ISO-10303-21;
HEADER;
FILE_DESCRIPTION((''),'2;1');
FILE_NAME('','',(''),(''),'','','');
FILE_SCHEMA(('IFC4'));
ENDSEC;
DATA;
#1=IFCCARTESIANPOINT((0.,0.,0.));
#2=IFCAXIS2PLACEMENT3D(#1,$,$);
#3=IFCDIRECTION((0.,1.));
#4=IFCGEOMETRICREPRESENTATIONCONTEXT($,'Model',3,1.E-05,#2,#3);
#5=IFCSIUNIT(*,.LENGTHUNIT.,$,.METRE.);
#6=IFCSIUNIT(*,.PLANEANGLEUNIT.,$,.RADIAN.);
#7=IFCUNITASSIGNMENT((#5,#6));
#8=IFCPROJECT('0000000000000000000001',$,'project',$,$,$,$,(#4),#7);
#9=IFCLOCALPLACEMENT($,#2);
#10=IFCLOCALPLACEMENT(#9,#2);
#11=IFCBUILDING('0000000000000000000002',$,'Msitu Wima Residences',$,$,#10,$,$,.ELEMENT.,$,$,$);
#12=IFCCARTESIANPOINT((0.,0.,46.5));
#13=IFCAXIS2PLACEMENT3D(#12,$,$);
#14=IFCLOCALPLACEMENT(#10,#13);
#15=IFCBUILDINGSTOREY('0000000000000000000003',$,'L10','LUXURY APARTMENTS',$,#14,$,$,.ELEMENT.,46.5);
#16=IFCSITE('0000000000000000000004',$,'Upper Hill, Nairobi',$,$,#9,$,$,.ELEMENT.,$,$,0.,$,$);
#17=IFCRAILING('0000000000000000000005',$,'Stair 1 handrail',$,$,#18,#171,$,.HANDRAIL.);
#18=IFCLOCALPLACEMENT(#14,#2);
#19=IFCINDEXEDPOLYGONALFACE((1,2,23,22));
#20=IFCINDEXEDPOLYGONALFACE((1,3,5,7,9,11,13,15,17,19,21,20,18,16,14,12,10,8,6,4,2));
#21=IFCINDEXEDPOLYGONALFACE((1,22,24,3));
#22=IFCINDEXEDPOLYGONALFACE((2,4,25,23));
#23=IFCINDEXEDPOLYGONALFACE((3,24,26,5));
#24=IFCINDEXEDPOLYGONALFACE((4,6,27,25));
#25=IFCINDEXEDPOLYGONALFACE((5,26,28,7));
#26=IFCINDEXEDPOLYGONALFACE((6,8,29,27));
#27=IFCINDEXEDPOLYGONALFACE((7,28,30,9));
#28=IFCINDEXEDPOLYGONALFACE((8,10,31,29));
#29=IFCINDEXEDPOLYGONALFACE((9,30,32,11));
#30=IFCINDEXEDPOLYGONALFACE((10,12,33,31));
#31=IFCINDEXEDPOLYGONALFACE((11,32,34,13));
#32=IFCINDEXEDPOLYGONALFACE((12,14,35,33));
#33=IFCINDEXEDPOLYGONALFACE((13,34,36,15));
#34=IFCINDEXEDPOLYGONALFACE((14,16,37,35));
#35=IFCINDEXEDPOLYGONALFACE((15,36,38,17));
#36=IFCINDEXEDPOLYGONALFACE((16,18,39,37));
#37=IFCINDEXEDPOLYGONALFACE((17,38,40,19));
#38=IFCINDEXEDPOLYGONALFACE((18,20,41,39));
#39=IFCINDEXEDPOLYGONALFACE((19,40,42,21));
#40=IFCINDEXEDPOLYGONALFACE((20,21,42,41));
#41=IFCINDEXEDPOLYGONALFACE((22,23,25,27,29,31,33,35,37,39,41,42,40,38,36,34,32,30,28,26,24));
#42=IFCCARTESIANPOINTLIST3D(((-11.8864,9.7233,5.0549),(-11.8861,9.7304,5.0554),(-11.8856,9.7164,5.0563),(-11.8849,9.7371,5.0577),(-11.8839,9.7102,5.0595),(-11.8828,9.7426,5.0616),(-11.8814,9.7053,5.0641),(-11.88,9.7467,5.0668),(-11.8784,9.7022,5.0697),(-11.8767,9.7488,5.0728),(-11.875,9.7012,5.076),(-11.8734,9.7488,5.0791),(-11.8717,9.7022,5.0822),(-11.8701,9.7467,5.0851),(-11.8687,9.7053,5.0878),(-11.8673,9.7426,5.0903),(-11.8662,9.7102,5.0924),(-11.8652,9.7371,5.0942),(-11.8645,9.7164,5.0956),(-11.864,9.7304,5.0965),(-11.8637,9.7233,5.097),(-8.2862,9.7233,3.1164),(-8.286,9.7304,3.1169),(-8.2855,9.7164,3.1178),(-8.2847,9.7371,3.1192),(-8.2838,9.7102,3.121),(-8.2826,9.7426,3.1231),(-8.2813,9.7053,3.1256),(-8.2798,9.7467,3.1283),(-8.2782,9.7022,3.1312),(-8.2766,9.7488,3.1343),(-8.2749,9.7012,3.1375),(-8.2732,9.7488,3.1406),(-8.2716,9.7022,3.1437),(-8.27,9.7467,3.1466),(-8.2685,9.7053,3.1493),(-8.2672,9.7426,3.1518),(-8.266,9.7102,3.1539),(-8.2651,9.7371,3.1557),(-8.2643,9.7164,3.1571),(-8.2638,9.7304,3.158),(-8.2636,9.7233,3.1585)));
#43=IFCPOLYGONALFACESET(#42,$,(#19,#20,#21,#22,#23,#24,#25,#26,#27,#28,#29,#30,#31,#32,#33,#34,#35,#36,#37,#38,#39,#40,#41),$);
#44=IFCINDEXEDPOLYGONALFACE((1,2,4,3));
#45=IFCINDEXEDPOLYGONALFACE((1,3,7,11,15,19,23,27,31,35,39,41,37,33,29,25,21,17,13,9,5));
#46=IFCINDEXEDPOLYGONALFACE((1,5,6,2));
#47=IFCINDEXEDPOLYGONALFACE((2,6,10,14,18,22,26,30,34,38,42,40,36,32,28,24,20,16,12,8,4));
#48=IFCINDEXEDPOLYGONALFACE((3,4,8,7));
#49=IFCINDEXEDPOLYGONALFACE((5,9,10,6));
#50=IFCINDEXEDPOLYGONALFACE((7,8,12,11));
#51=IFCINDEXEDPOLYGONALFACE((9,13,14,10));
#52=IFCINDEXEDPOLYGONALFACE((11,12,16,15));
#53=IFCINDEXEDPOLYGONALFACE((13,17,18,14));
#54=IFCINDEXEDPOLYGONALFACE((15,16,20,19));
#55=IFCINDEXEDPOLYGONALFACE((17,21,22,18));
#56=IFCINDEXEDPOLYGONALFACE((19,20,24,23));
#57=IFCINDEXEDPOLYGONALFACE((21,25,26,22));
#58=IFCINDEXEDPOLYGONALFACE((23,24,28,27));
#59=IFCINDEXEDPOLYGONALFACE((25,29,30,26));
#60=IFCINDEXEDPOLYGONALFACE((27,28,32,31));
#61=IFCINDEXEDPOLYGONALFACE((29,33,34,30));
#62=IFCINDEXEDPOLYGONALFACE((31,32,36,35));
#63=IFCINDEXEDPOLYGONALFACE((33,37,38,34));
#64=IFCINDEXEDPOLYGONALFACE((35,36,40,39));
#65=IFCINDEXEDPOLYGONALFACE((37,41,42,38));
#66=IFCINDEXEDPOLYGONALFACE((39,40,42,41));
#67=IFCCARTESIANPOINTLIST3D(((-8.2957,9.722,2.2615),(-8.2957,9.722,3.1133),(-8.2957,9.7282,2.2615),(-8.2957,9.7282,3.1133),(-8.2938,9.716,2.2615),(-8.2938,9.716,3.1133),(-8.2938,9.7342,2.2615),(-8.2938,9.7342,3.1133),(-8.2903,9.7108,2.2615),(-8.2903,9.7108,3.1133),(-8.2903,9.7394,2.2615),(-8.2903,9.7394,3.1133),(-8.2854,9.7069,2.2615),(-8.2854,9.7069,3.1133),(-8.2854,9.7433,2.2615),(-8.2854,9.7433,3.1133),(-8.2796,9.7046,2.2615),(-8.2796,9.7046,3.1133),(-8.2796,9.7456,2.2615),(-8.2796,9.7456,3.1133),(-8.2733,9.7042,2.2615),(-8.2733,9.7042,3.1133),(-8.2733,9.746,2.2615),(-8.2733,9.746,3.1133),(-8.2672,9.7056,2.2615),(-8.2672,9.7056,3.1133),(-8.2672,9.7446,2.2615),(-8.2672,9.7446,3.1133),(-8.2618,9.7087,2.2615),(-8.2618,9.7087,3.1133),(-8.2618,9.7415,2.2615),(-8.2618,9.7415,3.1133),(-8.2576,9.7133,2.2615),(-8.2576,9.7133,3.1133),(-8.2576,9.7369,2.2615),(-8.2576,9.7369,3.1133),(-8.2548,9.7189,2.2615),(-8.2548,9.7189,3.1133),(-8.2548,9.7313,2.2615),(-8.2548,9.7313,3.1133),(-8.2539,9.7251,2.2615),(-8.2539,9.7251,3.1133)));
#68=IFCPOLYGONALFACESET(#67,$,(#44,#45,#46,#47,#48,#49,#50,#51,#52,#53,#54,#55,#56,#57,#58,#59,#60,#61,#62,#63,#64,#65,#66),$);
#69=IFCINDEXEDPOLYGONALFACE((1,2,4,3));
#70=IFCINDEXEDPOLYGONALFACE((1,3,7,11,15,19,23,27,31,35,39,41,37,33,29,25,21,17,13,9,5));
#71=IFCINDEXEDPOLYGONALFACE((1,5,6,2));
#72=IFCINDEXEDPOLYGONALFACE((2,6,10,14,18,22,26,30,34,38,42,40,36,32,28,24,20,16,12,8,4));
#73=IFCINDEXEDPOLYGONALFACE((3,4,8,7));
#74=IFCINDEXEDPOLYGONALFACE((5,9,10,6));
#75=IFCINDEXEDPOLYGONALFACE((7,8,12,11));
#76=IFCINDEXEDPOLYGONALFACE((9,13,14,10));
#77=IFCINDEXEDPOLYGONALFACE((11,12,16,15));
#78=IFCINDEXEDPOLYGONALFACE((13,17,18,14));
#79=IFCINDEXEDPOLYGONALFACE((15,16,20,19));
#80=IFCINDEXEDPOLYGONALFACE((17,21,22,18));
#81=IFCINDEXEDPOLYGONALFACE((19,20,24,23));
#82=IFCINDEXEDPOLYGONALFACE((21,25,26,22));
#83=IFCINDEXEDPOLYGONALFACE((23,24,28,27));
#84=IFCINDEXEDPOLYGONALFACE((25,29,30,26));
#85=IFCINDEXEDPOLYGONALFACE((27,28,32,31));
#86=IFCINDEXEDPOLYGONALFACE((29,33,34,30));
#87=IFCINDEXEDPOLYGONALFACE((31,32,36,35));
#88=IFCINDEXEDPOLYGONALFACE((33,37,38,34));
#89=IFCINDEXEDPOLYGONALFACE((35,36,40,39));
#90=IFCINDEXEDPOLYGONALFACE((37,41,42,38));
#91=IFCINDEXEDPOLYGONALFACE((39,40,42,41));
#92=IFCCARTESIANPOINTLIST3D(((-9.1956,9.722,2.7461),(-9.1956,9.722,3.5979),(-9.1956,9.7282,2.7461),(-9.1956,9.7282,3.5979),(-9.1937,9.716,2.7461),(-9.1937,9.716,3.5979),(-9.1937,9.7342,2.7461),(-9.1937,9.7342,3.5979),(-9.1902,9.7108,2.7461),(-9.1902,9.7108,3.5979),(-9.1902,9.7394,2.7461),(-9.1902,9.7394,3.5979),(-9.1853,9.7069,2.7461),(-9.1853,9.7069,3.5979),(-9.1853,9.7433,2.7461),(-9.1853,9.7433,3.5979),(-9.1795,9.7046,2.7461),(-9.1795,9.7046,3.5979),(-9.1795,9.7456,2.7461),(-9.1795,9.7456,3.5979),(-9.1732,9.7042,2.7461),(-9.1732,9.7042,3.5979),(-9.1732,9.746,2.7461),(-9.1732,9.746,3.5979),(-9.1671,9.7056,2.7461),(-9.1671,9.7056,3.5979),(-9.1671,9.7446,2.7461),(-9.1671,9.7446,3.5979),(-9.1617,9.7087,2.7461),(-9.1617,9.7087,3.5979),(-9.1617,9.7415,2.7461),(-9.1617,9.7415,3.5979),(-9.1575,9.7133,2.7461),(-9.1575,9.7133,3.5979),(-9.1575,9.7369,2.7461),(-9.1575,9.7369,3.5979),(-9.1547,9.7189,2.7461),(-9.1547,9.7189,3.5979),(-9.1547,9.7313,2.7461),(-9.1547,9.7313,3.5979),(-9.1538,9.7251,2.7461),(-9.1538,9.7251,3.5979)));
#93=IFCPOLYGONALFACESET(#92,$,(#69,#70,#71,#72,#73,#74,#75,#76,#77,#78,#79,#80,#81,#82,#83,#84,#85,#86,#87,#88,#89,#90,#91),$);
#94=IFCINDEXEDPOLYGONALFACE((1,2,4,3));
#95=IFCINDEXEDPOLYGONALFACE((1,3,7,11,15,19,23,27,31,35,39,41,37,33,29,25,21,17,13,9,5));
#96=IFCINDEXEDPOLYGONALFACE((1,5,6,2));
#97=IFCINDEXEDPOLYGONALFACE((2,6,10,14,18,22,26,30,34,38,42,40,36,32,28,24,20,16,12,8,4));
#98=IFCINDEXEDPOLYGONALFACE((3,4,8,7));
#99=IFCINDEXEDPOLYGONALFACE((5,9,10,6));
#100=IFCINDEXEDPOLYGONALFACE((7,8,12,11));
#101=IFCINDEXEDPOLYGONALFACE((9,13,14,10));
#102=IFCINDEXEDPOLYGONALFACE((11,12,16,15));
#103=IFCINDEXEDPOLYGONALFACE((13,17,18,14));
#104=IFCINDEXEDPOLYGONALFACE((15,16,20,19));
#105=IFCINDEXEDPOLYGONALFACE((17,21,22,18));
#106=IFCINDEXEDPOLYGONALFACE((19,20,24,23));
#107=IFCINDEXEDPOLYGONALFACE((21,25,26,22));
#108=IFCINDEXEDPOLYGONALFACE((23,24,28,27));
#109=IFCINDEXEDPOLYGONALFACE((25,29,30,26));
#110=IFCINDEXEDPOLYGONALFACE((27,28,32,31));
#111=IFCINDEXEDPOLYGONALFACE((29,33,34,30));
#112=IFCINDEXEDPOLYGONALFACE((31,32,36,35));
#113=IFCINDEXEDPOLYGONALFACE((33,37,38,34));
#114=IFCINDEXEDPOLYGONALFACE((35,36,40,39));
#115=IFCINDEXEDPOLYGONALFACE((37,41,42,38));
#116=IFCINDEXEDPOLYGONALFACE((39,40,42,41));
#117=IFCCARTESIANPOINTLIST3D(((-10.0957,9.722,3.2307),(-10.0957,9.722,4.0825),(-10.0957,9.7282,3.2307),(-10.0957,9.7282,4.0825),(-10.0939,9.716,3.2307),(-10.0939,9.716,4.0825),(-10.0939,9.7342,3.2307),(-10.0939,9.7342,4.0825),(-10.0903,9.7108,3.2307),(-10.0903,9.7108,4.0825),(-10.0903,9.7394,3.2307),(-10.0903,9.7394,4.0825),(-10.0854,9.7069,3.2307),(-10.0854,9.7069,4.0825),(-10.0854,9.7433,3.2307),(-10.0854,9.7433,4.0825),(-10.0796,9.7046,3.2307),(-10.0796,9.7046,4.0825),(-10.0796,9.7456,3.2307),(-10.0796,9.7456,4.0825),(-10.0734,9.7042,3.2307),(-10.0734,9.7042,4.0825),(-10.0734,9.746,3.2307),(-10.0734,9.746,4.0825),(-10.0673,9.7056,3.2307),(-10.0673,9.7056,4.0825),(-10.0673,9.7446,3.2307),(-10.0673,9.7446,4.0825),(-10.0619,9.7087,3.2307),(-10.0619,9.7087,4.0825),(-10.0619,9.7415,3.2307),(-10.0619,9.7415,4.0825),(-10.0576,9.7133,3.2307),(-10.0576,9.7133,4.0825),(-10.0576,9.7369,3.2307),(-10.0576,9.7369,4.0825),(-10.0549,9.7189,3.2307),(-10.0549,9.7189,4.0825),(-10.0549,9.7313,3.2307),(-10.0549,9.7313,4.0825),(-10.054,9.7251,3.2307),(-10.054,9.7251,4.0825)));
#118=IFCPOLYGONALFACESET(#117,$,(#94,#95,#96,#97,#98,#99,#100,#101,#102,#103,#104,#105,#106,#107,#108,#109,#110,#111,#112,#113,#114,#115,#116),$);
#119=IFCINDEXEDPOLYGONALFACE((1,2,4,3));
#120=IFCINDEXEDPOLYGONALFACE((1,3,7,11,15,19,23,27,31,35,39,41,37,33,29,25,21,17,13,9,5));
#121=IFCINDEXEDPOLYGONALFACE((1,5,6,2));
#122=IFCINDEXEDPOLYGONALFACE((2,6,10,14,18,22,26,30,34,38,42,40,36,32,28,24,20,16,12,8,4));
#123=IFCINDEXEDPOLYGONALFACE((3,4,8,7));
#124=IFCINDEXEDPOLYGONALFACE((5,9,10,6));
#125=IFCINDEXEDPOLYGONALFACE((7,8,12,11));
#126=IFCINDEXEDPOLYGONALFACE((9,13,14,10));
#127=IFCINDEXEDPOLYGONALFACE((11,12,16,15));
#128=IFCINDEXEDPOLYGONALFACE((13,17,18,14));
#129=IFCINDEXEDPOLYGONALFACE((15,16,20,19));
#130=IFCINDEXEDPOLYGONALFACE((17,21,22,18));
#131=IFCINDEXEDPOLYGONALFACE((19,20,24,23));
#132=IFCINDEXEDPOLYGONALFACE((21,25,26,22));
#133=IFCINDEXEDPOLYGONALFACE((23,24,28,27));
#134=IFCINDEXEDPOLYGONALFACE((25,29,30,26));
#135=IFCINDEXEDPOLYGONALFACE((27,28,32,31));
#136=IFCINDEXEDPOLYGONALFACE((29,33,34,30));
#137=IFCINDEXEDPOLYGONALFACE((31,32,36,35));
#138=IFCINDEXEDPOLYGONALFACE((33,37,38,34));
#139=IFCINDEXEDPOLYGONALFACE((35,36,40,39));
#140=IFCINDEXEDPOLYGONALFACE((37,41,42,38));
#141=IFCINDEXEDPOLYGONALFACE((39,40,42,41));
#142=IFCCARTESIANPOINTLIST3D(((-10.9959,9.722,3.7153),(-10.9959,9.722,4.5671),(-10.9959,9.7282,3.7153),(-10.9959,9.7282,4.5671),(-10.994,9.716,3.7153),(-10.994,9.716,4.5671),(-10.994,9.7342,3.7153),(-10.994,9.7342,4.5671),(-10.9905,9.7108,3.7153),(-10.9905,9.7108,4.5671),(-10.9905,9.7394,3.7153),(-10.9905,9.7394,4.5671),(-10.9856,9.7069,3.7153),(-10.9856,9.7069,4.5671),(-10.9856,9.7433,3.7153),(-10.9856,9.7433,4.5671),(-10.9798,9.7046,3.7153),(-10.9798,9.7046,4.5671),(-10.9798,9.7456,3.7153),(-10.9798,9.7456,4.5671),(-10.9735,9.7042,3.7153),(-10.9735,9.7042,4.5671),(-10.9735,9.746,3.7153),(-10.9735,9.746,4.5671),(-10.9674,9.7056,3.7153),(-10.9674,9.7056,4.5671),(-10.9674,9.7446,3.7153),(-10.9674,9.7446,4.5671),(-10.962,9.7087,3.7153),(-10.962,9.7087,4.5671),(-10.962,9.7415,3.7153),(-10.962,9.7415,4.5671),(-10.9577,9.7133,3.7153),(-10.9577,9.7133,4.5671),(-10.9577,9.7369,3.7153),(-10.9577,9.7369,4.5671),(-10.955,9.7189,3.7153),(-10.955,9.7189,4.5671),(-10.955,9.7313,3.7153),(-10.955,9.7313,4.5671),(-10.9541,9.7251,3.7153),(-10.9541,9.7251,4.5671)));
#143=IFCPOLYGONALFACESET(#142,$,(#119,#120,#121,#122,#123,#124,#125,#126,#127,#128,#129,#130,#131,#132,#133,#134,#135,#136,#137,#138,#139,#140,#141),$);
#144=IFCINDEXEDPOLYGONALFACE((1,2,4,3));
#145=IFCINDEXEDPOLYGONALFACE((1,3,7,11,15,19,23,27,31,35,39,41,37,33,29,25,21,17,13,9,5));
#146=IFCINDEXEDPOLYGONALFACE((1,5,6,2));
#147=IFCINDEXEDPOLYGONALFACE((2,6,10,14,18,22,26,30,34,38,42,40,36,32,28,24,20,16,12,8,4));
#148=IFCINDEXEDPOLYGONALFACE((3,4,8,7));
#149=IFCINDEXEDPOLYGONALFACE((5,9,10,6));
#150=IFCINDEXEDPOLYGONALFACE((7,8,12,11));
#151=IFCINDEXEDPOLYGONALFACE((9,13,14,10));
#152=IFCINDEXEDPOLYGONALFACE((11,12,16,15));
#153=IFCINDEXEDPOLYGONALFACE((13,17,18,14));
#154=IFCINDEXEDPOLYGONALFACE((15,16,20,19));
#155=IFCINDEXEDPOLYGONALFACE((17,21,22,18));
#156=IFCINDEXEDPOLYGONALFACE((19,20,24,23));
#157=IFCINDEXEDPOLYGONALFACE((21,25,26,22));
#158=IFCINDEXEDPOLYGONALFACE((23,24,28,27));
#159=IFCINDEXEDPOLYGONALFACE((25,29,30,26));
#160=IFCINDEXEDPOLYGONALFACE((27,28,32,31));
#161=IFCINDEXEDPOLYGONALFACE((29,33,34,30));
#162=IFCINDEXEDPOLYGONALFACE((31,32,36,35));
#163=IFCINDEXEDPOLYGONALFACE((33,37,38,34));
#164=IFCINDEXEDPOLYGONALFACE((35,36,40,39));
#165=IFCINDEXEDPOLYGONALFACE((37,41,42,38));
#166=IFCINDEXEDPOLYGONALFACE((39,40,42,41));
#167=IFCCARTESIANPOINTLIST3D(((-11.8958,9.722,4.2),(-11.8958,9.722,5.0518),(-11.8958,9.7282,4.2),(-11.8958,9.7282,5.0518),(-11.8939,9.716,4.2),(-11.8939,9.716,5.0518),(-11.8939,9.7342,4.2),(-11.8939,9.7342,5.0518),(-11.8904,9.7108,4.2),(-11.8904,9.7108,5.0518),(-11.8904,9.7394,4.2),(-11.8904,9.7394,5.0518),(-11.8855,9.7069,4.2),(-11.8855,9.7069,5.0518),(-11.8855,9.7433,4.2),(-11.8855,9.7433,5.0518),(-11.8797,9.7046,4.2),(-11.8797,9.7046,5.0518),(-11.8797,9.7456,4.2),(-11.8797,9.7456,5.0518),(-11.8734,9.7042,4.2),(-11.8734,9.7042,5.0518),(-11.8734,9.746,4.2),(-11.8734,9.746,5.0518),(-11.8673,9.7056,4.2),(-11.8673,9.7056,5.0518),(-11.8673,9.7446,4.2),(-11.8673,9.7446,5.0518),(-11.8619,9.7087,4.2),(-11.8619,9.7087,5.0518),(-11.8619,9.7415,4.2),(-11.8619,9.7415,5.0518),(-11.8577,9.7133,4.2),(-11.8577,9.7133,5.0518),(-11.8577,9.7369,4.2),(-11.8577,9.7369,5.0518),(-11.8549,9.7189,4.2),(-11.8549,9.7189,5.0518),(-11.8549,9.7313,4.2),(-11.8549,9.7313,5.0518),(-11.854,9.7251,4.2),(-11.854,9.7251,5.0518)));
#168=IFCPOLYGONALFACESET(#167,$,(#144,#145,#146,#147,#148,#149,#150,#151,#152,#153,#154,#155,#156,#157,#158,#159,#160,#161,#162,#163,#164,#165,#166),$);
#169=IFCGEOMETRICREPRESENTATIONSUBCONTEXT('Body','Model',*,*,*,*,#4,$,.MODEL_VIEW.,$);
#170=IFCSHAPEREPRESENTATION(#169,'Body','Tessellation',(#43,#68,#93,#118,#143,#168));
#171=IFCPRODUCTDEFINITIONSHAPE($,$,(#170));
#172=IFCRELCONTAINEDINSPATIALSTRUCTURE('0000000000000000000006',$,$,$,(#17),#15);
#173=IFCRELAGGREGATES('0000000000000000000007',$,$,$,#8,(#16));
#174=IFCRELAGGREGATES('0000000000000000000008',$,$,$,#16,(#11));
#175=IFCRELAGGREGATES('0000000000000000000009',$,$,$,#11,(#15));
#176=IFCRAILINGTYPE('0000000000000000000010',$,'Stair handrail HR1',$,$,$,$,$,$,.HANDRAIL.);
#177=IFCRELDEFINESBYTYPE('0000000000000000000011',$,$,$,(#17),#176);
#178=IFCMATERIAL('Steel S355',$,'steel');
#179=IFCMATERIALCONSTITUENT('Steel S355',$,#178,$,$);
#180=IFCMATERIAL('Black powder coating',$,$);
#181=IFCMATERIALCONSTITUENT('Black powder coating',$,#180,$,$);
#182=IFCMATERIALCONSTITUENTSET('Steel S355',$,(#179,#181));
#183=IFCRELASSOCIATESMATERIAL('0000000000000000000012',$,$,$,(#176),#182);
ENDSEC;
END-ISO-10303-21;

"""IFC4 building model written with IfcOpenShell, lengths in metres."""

from ifc_helpers import new_model, si_unit, direction, frame, origin, origin_2d, place, context, subcontext, project, spatial, circle, extrude, material, constituent, constituent_set, type_object, element, save


model = new_model("IFC4")

# Units and contexts
model_context = context("Model", 3, precision=1e-05, world=origin(), true_north=direction((0.0, 1.0)))
body_context = subcontext(model_context, "Body", "Model", "MODEL_VIEW")
ifc_project = project(units=[si_unit("LENGTHUNIT", "METRE"), si_unit("PLANEANGLEUNIT", "RADIAN")], contexts=[model_context])

# Site, building, storey
site_placement = place(None, origin())
site = spatial("IfcSite", under=ifc_project, at=site_placement, Name="Upper Hill, Nairobi", CompositionType="ELEMENT", RefElevation=0.0)
building_placement = place(site_placement, origin())
building = spatial("IfcBuilding", under=site, at=building_placement, Name="Msitu Wima Residences", CompositionType="ELEMENT")
storey_placement = place(building_placement, frame((0.0, 0.0, 46.5)))
storey = spatial("IfcBuildingStorey", under=building, at=storey_placement, Name="L10", Description="LUXURY APARTMENTS", CompositionType="ELEMENT", Elevation=46.5)

# Railing
ifc_material_1 = material(Name="Steel S355", Category="steel")
ifc_constituent_1 = constituent(ifc_material_1, Name="Steel S355")
ifc_material_2 = material(Name="Black powder coating")
ifc_constituent_2 = constituent(ifc_material_2, Name="Black powder coating")
ifc_constituent_set = constituent_set(constituents=[ifc_constituent_1, ifc_constituent_2], Name="Steel S355")
railing_type = type_object("IfcRailingType", Name="Stair handrail HR1", PredefinedType="HANDRAIL", material=ifc_constituent_set)
for number, where, name in (
    (1, (-8.2749, 9.7251, 2.2615), "Stair 1 handrail"),
):
    element("IfcRailing", number, at=place(storey_placement, frame(where)), inside=storey, type_object=railing_type, Name=name, PredefinedType="HANDRAIL", context=body_context, shape_type="SweptSolid", body=[
        extrude(circle(Radius=0.0239, at=origin_2d()), frame((0.0, 0.0, 0.876), z_axis=(-0.880475, 0.0, 0.474093), x_axis=(0.0, -1.0, 0.0)), (0.0, 0.0, 1.0), 4.0889),
        extrude(circle(Radius=0.021, at=origin_2d()), origin(), (0.0, 0.0, 1.0), 0.8518),
        extrude(circle(Radius=0.021, at=origin_2d()), frame((-0.8999, 0.0, 0.4846)), (0.0, 0.0, 1.0), 0.8518),
        extrude(circle(Radius=0.021, at=origin_2d()), frame((-1.8, 0.0, 0.9692)), (0.0, 0.0, 1.0), 0.8518),
        extrude(circle(Radius=0.021, at=origin_2d()), frame((-2.7002, 0.0, 1.4539)), (0.0, 0.0, 1.0), 0.8518),
        extrude(circle(Radius=0.021, at=origin_2d()), frame((-3.6001, 0.0, 1.9385)), (0.0, 0.0, 1.0), 0.8518),
    ])

save(model, "model.ifc")
